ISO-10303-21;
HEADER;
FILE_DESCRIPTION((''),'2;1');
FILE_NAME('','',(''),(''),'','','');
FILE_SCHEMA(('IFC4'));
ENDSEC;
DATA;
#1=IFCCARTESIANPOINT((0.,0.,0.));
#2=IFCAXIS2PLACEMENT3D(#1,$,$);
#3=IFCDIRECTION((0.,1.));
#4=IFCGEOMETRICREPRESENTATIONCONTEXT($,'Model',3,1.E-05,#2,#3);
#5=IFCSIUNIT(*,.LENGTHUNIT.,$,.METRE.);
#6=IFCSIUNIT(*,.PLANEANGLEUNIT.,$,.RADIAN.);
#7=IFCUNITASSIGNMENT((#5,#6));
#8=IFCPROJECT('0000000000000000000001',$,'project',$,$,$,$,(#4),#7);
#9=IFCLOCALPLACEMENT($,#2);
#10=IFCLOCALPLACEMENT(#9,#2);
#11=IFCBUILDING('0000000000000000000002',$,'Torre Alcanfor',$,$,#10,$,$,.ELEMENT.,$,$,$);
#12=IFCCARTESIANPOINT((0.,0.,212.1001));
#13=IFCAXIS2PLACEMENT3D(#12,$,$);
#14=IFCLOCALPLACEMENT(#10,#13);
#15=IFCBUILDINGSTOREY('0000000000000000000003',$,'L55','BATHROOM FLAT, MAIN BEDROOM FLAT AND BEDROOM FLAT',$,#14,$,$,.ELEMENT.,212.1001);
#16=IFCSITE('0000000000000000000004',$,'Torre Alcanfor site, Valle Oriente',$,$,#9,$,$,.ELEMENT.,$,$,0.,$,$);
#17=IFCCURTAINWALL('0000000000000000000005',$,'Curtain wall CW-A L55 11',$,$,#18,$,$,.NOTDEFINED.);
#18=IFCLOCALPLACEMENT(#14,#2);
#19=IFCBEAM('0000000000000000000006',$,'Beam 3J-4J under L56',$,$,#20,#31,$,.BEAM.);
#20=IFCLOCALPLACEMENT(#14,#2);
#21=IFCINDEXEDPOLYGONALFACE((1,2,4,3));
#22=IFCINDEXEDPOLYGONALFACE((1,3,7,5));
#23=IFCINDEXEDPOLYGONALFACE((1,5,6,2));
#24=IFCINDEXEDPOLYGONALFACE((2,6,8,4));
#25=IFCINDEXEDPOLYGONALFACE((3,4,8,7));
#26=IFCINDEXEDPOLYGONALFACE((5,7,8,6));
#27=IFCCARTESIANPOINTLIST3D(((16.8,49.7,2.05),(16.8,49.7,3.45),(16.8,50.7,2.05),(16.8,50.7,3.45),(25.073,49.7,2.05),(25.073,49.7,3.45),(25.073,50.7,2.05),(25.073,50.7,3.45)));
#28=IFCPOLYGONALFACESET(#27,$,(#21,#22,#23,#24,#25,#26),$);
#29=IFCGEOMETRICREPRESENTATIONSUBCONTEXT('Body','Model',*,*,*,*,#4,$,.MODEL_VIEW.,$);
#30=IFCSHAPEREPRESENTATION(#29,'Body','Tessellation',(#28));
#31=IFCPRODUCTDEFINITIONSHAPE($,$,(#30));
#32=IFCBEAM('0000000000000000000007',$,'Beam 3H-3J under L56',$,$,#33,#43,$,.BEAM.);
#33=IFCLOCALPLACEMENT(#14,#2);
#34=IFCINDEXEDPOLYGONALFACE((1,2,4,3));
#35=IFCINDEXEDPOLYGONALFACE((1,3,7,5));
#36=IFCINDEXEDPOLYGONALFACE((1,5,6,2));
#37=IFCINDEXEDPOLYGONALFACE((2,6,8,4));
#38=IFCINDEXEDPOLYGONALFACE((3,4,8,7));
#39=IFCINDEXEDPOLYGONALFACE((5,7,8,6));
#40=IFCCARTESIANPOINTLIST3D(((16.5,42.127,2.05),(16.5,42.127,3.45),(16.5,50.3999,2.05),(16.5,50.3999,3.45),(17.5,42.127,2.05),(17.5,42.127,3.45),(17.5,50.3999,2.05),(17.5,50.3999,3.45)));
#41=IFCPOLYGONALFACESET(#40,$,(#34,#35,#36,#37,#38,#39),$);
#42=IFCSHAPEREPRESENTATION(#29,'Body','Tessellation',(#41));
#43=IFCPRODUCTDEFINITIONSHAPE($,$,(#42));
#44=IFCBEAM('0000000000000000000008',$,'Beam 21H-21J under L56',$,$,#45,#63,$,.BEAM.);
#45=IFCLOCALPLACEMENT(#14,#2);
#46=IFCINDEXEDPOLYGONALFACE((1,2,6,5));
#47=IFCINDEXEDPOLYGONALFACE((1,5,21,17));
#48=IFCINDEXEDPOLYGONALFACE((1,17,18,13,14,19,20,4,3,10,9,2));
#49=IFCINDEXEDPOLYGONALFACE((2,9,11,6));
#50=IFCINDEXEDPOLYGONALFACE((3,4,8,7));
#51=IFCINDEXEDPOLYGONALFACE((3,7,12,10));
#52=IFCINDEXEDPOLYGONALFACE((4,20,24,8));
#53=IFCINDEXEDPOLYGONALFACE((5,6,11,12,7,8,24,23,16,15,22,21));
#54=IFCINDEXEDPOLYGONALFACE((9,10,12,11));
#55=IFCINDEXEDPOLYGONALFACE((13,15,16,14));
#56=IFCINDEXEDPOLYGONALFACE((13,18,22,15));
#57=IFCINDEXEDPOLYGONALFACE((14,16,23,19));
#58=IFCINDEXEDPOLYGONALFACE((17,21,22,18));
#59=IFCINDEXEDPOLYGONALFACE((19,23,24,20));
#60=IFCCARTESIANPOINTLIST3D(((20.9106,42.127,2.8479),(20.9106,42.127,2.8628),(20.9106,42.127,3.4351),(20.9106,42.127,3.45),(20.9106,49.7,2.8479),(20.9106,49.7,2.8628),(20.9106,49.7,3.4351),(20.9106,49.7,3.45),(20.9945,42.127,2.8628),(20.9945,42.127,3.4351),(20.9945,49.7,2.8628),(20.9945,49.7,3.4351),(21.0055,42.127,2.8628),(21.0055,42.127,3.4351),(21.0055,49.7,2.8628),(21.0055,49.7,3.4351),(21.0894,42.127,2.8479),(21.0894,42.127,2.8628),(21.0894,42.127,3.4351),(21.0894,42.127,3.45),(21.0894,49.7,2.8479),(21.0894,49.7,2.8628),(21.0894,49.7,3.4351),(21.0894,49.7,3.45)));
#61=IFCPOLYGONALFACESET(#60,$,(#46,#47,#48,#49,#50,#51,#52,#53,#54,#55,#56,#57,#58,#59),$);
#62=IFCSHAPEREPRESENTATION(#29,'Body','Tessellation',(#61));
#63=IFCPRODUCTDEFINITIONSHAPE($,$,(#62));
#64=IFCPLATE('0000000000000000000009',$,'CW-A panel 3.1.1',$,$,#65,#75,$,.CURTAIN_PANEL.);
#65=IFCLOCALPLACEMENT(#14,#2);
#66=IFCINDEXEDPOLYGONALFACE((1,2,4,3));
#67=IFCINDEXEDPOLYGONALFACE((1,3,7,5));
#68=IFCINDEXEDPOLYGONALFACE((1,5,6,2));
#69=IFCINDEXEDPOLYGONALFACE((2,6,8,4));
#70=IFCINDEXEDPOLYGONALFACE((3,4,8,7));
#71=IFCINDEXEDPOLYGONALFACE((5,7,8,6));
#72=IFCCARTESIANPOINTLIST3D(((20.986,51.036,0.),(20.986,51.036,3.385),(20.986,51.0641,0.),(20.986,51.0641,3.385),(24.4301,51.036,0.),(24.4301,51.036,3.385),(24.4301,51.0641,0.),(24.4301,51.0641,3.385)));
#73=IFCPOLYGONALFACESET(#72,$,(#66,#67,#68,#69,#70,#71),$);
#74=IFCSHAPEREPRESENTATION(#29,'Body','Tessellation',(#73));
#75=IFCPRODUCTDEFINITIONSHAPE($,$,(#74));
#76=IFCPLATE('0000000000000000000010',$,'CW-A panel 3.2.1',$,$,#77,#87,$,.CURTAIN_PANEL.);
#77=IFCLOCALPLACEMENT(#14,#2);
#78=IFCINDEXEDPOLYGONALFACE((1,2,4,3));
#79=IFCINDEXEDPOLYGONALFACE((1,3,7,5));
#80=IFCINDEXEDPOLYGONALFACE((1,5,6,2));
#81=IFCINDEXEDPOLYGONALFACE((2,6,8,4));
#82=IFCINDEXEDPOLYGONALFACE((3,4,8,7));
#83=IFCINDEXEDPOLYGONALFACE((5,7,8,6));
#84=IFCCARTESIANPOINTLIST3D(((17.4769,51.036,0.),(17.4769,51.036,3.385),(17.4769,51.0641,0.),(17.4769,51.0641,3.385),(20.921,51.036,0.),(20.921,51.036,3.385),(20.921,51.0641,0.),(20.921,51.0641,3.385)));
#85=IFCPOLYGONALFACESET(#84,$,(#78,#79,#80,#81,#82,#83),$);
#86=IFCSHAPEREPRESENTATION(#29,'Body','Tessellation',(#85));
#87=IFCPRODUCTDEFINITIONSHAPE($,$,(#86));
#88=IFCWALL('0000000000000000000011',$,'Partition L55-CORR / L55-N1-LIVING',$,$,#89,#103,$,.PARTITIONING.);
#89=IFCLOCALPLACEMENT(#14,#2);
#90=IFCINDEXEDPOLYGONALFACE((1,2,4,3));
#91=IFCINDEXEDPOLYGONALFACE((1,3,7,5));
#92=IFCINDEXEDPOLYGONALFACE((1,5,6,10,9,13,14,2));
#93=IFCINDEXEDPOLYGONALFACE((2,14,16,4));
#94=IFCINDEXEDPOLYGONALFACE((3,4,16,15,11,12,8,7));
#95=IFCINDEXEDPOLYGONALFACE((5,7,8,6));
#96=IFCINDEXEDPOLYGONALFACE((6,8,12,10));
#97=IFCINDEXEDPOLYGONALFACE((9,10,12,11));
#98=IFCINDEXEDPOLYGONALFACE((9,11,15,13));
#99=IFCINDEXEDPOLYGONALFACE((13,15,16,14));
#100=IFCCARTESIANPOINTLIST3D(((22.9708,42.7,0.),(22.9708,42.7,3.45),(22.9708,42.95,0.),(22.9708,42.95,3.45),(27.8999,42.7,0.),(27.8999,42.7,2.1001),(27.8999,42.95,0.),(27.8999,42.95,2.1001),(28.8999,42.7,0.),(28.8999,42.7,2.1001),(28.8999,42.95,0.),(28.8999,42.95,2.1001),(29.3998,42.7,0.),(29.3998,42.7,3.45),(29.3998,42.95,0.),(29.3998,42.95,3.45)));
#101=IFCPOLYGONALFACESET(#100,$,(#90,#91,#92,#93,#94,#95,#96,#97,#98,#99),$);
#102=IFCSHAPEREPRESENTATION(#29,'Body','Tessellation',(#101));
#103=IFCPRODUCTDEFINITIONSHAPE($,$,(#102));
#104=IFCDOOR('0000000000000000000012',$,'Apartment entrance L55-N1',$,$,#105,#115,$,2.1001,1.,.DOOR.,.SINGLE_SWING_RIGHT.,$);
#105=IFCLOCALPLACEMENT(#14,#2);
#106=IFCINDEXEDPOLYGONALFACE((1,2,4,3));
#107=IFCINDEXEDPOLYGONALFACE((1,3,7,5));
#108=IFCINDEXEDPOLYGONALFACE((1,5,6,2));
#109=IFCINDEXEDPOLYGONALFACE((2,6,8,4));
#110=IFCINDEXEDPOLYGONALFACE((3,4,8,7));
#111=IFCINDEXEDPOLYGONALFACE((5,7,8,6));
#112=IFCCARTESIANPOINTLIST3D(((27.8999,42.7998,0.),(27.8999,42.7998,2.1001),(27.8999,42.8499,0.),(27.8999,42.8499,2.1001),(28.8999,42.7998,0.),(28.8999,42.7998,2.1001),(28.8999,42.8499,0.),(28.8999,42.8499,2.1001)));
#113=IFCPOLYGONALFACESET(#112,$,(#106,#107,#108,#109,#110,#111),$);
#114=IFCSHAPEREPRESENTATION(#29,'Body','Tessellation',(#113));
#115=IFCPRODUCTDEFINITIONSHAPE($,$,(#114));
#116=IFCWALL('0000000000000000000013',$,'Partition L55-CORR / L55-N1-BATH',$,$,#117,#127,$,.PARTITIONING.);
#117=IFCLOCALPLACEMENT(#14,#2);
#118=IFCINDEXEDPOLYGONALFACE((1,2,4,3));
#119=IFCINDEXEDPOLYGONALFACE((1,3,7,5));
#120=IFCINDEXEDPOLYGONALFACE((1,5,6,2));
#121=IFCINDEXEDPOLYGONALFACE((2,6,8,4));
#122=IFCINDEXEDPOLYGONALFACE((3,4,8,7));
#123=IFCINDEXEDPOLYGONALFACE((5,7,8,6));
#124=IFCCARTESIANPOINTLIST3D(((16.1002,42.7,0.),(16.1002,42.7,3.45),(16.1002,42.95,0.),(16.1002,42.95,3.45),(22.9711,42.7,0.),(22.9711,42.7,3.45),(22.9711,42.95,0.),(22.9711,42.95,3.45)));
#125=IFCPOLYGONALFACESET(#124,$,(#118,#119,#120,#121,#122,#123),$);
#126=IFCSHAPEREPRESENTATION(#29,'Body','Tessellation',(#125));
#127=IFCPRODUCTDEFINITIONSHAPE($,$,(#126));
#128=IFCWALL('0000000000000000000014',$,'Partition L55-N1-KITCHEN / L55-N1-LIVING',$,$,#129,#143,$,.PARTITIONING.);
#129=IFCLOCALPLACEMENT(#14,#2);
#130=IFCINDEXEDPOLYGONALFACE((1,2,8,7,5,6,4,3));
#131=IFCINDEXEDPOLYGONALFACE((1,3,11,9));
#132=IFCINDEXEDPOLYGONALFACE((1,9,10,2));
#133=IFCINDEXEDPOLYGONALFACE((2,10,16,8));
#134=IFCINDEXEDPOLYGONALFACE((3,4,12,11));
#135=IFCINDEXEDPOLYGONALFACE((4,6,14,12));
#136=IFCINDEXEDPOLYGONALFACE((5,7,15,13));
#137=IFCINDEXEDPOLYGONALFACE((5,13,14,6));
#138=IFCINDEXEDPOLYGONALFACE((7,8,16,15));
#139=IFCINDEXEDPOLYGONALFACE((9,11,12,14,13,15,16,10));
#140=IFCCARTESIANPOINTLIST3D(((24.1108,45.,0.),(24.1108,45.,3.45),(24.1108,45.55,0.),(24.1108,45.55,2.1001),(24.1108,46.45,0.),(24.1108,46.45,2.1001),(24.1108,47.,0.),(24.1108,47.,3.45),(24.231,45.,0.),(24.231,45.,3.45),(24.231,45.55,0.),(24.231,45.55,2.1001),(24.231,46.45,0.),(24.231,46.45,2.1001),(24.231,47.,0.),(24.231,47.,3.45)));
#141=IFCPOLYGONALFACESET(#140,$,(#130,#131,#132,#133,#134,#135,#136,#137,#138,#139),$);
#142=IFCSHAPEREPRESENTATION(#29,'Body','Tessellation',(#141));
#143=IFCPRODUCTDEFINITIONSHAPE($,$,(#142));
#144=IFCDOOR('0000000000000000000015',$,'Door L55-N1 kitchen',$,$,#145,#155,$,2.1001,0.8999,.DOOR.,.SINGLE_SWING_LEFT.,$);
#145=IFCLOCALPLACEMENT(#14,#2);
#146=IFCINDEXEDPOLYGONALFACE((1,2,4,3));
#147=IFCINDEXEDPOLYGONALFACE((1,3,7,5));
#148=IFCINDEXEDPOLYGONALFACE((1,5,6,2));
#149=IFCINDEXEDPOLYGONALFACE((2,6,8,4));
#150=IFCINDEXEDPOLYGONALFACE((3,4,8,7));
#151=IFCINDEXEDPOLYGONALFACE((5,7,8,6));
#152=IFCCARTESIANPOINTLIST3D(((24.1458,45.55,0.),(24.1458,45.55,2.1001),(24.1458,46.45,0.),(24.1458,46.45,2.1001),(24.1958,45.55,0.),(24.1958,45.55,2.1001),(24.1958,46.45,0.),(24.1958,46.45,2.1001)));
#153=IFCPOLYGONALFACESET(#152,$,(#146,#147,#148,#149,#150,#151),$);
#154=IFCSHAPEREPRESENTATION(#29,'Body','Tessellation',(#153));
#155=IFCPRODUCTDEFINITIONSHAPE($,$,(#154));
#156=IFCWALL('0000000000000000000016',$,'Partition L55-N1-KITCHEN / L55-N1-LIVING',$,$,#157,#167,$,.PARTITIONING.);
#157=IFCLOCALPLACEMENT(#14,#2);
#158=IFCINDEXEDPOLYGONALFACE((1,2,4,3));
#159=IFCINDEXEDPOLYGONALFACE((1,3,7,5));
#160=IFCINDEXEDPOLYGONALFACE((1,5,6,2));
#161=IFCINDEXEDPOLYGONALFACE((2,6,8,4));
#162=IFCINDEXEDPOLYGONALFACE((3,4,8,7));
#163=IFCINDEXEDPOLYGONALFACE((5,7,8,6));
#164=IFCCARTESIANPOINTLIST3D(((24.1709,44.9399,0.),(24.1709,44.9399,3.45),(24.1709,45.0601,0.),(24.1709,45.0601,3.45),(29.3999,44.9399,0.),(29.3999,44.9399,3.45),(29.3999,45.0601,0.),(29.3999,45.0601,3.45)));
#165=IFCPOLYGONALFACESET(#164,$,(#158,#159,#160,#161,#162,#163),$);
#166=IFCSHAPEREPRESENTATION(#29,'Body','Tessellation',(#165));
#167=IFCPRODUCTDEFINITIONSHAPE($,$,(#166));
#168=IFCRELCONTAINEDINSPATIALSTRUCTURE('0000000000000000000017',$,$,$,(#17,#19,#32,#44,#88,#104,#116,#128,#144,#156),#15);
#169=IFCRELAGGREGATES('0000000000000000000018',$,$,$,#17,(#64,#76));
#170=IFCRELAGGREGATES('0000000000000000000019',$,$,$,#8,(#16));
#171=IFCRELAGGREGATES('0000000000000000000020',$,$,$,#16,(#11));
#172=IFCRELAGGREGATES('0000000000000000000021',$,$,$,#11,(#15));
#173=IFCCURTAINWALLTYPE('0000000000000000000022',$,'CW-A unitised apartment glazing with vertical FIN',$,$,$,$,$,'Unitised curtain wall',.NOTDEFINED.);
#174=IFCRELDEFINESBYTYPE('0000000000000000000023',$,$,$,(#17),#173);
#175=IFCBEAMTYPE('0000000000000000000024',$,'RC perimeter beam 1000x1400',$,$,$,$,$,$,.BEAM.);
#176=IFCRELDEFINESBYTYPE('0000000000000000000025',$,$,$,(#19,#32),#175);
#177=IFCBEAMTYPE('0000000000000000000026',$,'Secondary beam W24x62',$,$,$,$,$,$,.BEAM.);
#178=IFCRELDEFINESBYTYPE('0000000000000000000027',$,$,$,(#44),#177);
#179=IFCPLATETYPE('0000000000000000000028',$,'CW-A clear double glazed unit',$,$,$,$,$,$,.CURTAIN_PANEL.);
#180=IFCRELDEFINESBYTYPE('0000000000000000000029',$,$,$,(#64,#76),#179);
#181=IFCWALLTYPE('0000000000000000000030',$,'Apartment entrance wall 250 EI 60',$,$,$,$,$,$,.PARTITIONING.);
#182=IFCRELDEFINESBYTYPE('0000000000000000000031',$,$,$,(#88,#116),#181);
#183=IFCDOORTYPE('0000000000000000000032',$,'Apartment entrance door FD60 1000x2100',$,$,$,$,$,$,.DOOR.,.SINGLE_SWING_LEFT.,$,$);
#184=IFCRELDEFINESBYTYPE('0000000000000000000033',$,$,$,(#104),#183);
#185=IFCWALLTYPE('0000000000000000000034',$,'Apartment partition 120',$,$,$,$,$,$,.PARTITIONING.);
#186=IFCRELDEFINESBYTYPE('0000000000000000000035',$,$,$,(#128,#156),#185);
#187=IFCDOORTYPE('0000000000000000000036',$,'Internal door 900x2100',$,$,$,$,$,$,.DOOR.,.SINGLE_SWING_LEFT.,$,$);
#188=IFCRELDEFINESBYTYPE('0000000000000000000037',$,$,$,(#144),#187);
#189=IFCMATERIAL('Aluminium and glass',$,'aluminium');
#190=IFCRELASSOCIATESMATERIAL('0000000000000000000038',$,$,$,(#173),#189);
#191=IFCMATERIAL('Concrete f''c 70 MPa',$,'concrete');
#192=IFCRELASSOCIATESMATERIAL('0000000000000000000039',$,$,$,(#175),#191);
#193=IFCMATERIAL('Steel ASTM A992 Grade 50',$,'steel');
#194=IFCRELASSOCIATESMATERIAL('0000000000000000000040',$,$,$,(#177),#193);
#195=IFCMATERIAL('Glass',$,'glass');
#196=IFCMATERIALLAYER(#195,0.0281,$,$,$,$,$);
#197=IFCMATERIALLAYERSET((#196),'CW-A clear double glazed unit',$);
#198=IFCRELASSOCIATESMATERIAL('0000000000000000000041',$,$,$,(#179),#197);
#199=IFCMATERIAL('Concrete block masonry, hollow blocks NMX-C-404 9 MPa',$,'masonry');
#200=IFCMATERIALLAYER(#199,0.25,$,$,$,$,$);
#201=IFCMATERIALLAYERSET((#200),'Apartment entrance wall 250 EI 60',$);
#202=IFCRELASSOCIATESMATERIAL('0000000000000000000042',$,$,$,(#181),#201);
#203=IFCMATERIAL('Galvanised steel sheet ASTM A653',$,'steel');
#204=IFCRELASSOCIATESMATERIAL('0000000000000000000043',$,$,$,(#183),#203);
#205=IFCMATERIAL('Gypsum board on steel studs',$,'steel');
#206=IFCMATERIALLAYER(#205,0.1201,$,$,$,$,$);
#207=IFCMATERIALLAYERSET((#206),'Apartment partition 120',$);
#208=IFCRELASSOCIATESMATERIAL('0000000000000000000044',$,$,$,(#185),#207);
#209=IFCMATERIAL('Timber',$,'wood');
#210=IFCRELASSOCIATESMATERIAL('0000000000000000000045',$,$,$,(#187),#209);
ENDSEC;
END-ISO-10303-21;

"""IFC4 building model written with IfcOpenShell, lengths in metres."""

from ifc_helpers import new_model, si_unit, direction, frame, frame_2d, origin, origin_2d, place, context, subcontext, project, spatial, rectangle, i_section, extrude, material, layer, layer_set, material_profile, profile_set, type_object, element, fill, aggregate, save


model = new_model("IFC4")

# Units and contexts
model_context = context("Model", 3, precision=1e-05, world=origin(), true_north=direction((0.0, 1.0)))
body_context = subcontext(model_context, "Body", "Model", "MODEL_VIEW")
ifc_project = project(units=[si_unit("LENGTHUNIT", "METRE"), si_unit("PLANEANGLEUNIT", "RADIAN")], contexts=[model_context])

# Site, building, storey
site_placement = place(None, origin())
site = spatial("IfcSite", under=ifc_project, at=site_placement, Name="Torre Alcanfor site, Valle Oriente", CompositionType="ELEMENT", RefElevation=0.0)
building_placement = place(site_placement, origin())
building = spatial("IfcBuilding", under=site, at=building_placement, Name="Torre Alcanfor", CompositionType="ELEMENT")
storey_placement = place(building_placement, frame((0.0, 0.0, 212.1001)))
storey = spatial("IfcBuildingStorey", under=building, at=storey_placement, Name="L55", Description="BATHROOM FLAT, MAIN BEDROOM FLAT AND BEDROOM FLAT", CompositionType="ELEMENT", Elevation=212.1001)

# Curtain wall
ifc_material_1 = material(Name="Aluminium and glass", Category="aluminium")
curtain_wall_type = type_object("IfcCurtainWallType", Name="CW-A unitised apartment glazing with vertical FIN", ElementType="Unitised curtain wall", PredefinedType="NOTDEFINED", material=ifc_material_1)
curtain_wall_placement = place(storey_placement, origin())
curtain_wall = element("IfcCurtainWall", 1, at=curtain_wall_placement, inside=storey, type_object=curtain_wall_type, Name="Curtain wall CW-A L55 11", PredefinedType="NOTDEFINED")

# Beams
ifc_material_2 = material(Name="Concrete f'c 70 MPa", Category="concrete")
ifc_material_profile_1 = material_profile(ifc_material_2, rectangle(XDim=1.0, YDim=1.3999, at=origin_2d()), Name="1000x1400")
ifc_profile_set_1 = profile_set([ifc_material_profile_1], Name="Concrete f'c 70 MPa")
beam_type_1 = type_object("IfcBeamType", Name="RC perimeter beam 1000x1400", PredefinedType="BEAM", material=ifc_profile_set_1)
for number, where, z_axis, x_axis, name in (
    (2, (16.8, 50.2, 2.75), (1.0, 0.0, 0.0), (0.0, 1.0, 0.0), "Beam 3J-4J under L56"),
    (3, (17.0, 42.127, 2.75), (0.0, 1.0, 0.0), (-1.0, 0.0, 0.0), "Beam 3H-3J under L56"),
):
    element("IfcBeam", number, at=place(storey_placement, frame(where, z_axis=z_axis, x_axis=x_axis)), inside=storey, type_object=beam_type_1, Name=name, PredefinedType="BEAM", context=body_context, shape_type="SweptSolid", body=[
        extrude(rectangle(XDim=1.0, YDim=1.3999, at=origin_2d()), origin(), (0.0, 0.0, 1.0), 8.2729),
    ])
ifc_material_3 = material(Name="Steel ASTM A992 Grade 50", Category="steel")
ifc_material_profile_2 = material_profile(ifc_material_3, i_section(OverallWidth=0.1787, OverallDepth=0.6021, WebThickness=0.011, FlangeThickness=0.0149, at=origin_2d()), Name="W24x62")
ifc_profile_set_2 = profile_set([ifc_material_profile_2], Name="Steel ASTM A992 Grade 50")
beam_type_2 = type_object("IfcBeamType", Name="Secondary beam W24x62", PredefinedType="BEAM", material=ifc_profile_set_2)
beam_1_placement = place(storey_placement, frame((21.0, 42.127, 3.1489), z_axis=(0.0, 1.0, 0.0), x_axis=(-1.0, 0.0, 0.0)))
element("IfcBeam", 4, at=beam_1_placement, inside=storey, type_object=beam_type_2, Name="Beam 21H-21J under L56", PredefinedType="BEAM", context=body_context, shape_type="SweptSolid", body=[
    extrude(i_section(OverallWidth=0.1787, OverallDepth=0.6021, WebThickness=0.011, FlangeThickness=0.0149, at=origin_2d()), origin(), (0.0, 0.0, 1.0), 7.573),
])

# Plates
ifc_material_4 = material(Name="Glass", Category="glass")
ifc_layer_1 = layer(ifc_material_4, 0.0281)
ifc_layer_set_1 = layer_set([ifc_layer_1], Name="CW-A clear double glazed unit")
plate_type = type_object("IfcPlateType", Name="CW-A clear double glazed unit", PredefinedType="CURTAIN_PANEL", material=ifc_layer_set_1)
plate_1_placement = place(storey_placement, frame((22.708, 51.05, 0.0), z_axis=(0.0, 0.0, 1.0), x_axis=(-1.0, 0.0, 0.0)))
plate_1 = element("IfcPlate", 5, at=plate_1_placement, type_object=plate_type, Name="CW-A panel 3.1.1", PredefinedType="CURTAIN_PANEL", context=body_context, shape_type="SweptSolid", body=[
    extrude(rectangle(XDim=3.4441, YDim=0.0281, at=origin_2d()), origin(), (0.0, 0.0, 1.0), 3.385),
])
plate_2_placement = place(storey_placement, frame((19.199, 51.05, 0.0), z_axis=(0.0, 0.0, 1.0), x_axis=(-1.0, 0.0, 0.0)))
plate_2 = element("IfcPlate", 6, at=plate_2_placement, type_object=plate_type, Name="CW-A panel 3.2.1", PredefinedType="CURTAIN_PANEL", context=body_context, shape_type="SweptSolid", body=[
    extrude(rectangle(XDim=3.4441, YDim=0.0281, at=origin_2d()), origin(), (0.0, 0.0, 1.0), 3.385),
])
aggregate(curtain_wall, [plate_1, plate_2])

# Wall, opening, door
ifc_material_5 = material(Name="Concrete block masonry, hollow blocks NMX-C-404 9 MPa", Category="masonry")
ifc_layer_2 = layer(ifc_material_5, 0.25)
ifc_layer_set_2 = layer_set([ifc_layer_2], Name="Apartment entrance wall 250 EI 60")
wall_type_1 = type_object("IfcWallType", Name="Apartment entrance wall 250 EI 60", PredefinedType="PARTITIONING", material=ifc_layer_set_2)
wall_1_placement = place(storey_placement, frame((22.9709, 42.825, 0.0), z_axis=(0.0, 0.0, 1.0), x_axis=(1.0, 0.0, 0.0)))
wall_1 = element("IfcWall", 7, at=wall_1_placement, inside=storey, type_object=wall_type_1, Name="Partition L55-CORR / L55-N1-LIVING", PredefinedType="PARTITIONING", context=body_context, shape_type="SweptSolid", body=[
    extrude(rectangle(XDim=6.429, YDim=0.25, at=frame_2d((3.2144, 0.0))), origin(), (0.0, 0.0, 1.0), 3.45),
])
opening_1_placement = place(wall_1_placement, frame((4.929, 0.0, 0.0)))
opening_1 = element("IfcOpeningElement", 8, at=opening_1_placement, cuts=wall_1, PredefinedType="OPENING", context=body_context, shape_type="SweptSolid", body=[
    extrude(rectangle(XDim=1.0, YDim=2.1001, at=frame_2d((0.5, 1.05))), frame((0.0, 0.135, 0.0), z_axis=(0.0, -1.0, 0.0), x_axis=(1.0, 0.0, 0.0)), (0.0, 0.0, 1.0), 0.27),
])
ifc_material_6 = material(Name="Galvanised steel sheet ASTM A653", Category="steel")
door_type_1 = type_object("IfcDoorType", Name="Apartment entrance door FD60 1000x2100", OperationType="SINGLE_SWING_LEFT", PredefinedType="DOOR", material=ifc_material_6)
door_1_placement = place(opening_1_placement, origin())
door_1 = element("IfcDoor", 9, at=door_1_placement, inside=storey, type_object=door_type_1, Name="Apartment entrance L55-N1", OperationType="SINGLE_SWING_RIGHT", OverallHeight=2.1001, OverallWidth=1.0, PredefinedType="DOOR", context=body_context, shape_type="SweptSolid", body=[
    extrude(rectangle(XDim=1.0, YDim=2.1001, at=frame_2d((0.5, 1.05))), frame((0.0, 0.0249, 0.0), z_axis=(0.0, -1.0, 0.0), x_axis=(1.0, 0.0, 0.0)), (0.0, 0.0, 1.0), 0.05),
])
fill(opening_1, door_1)

# Wall
wall_2_placement = place(storey_placement, frame((16.1001, 42.825, 0.0), z_axis=(0.0, 0.0, 1.0), x_axis=(1.0, 0.0, 0.0)))
element("IfcWall", 10, at=wall_2_placement, inside=storey, type_object=wall_type_1, Name="Partition L55-CORR / L55-N1-BATH", PredefinedType="PARTITIONING", context=body_context, shape_type="SweptSolid", body=[
    extrude(rectangle(XDim=6.8708, YDim=0.25, at=frame_2d((3.4355, 0.0))), origin(), (0.0, 0.0, 1.0), 3.45),
])

# Wall, opening, door
ifc_material_7 = material(Name="Gypsum board on steel studs", Category="steel")
ifc_layer_3 = layer(ifc_material_7, 0.1201)
ifc_layer_set_3 = layer_set([ifc_layer_3], Name="Apartment partition 120")
wall_type_2 = type_object("IfcWallType", Name="Apartment partition 120", PredefinedType="PARTITIONING", material=ifc_layer_set_3)
wall_3_placement = place(storey_placement, frame((24.1709, 47.0, 0.0), z_axis=(0.0, 0.0, 1.0), x_axis=(0.0, -1.0, 0.0)))
wall_3 = element("IfcWall", 11, at=wall_3_placement, inside=storey, type_object=wall_type_2, Name="Partition L55-N1-KITCHEN / L55-N1-LIVING", PredefinedType="PARTITIONING", context=body_context, shape_type="SweptSolid", body=[
    extrude(rectangle(XDim=2.0, YDim=0.1201, at=frame_2d((1.0, 0.0))), origin(), (0.0, 0.0, 1.0), 3.45),
])
opening_2_placement = place(wall_3_placement, frame((0.55, 0.0, 0.0)))
opening_2 = element("IfcOpeningElement", 12, at=opening_2_placement, cuts=wall_3, PredefinedType="OPENING", context=body_context, shape_type="SweptSolid", body=[
    extrude(rectangle(XDim=0.8999, YDim=2.1001, at=frame_2d((0.45, 1.05))), frame((0.0, 0.0701, 0.0), z_axis=(0.0, -1.0, 0.0), x_axis=(1.0, 0.0, 0.0)), (0.0, 0.0, 1.0), 0.1401),
])
ifc_material_8 = material(Name="Timber", Category="wood")
door_type_2 = type_object("IfcDoorType", Name="Internal door 900x2100", OperationType="SINGLE_SWING_LEFT", PredefinedType="DOOR", material=ifc_material_8)
door_2_placement = place(opening_2_placement, origin())
door_2 = element("IfcDoor", 13, at=door_2_placement, inside=storey, type_object=door_type_2, Name="Door L55-N1 kitchen", OperationType="SINGLE_SWING_LEFT", OverallHeight=2.1001, OverallWidth=0.8999, PredefinedType="DOOR", context=body_context, shape_type="SweptSolid", body=[
    extrude(rectangle(XDim=0.8999, YDim=2.1001, at=frame_2d((0.45, 1.05))), frame((0.0, 0.0249, 0.0), z_axis=(0.0, -1.0, 0.0), x_axis=(1.0, 0.0, 0.0)), (0.0, 0.0, 1.0), 0.05),
])
fill(opening_2, door_2)

# Wall
wall_4_placement = place(storey_placement, frame((24.1709, 45.0, 0.0), z_axis=(0.0, 0.0, 1.0), x_axis=(1.0, 0.0, 0.0)))
element("IfcWall", 14, at=wall_4_placement, inside=storey, type_object=wall_type_2, Name="Partition L55-N1-KITCHEN / L55-N1-LIVING", PredefinedType="PARTITIONING", context=body_context, shape_type="SweptSolid", body=[
    extrude(rectangle(XDim=5.229, YDim=0.1201, at=frame_2d((2.6145, 0.0))), origin(), (0.0, 0.0, 1.0), 3.45),
])

save(model, "model.ifc")
